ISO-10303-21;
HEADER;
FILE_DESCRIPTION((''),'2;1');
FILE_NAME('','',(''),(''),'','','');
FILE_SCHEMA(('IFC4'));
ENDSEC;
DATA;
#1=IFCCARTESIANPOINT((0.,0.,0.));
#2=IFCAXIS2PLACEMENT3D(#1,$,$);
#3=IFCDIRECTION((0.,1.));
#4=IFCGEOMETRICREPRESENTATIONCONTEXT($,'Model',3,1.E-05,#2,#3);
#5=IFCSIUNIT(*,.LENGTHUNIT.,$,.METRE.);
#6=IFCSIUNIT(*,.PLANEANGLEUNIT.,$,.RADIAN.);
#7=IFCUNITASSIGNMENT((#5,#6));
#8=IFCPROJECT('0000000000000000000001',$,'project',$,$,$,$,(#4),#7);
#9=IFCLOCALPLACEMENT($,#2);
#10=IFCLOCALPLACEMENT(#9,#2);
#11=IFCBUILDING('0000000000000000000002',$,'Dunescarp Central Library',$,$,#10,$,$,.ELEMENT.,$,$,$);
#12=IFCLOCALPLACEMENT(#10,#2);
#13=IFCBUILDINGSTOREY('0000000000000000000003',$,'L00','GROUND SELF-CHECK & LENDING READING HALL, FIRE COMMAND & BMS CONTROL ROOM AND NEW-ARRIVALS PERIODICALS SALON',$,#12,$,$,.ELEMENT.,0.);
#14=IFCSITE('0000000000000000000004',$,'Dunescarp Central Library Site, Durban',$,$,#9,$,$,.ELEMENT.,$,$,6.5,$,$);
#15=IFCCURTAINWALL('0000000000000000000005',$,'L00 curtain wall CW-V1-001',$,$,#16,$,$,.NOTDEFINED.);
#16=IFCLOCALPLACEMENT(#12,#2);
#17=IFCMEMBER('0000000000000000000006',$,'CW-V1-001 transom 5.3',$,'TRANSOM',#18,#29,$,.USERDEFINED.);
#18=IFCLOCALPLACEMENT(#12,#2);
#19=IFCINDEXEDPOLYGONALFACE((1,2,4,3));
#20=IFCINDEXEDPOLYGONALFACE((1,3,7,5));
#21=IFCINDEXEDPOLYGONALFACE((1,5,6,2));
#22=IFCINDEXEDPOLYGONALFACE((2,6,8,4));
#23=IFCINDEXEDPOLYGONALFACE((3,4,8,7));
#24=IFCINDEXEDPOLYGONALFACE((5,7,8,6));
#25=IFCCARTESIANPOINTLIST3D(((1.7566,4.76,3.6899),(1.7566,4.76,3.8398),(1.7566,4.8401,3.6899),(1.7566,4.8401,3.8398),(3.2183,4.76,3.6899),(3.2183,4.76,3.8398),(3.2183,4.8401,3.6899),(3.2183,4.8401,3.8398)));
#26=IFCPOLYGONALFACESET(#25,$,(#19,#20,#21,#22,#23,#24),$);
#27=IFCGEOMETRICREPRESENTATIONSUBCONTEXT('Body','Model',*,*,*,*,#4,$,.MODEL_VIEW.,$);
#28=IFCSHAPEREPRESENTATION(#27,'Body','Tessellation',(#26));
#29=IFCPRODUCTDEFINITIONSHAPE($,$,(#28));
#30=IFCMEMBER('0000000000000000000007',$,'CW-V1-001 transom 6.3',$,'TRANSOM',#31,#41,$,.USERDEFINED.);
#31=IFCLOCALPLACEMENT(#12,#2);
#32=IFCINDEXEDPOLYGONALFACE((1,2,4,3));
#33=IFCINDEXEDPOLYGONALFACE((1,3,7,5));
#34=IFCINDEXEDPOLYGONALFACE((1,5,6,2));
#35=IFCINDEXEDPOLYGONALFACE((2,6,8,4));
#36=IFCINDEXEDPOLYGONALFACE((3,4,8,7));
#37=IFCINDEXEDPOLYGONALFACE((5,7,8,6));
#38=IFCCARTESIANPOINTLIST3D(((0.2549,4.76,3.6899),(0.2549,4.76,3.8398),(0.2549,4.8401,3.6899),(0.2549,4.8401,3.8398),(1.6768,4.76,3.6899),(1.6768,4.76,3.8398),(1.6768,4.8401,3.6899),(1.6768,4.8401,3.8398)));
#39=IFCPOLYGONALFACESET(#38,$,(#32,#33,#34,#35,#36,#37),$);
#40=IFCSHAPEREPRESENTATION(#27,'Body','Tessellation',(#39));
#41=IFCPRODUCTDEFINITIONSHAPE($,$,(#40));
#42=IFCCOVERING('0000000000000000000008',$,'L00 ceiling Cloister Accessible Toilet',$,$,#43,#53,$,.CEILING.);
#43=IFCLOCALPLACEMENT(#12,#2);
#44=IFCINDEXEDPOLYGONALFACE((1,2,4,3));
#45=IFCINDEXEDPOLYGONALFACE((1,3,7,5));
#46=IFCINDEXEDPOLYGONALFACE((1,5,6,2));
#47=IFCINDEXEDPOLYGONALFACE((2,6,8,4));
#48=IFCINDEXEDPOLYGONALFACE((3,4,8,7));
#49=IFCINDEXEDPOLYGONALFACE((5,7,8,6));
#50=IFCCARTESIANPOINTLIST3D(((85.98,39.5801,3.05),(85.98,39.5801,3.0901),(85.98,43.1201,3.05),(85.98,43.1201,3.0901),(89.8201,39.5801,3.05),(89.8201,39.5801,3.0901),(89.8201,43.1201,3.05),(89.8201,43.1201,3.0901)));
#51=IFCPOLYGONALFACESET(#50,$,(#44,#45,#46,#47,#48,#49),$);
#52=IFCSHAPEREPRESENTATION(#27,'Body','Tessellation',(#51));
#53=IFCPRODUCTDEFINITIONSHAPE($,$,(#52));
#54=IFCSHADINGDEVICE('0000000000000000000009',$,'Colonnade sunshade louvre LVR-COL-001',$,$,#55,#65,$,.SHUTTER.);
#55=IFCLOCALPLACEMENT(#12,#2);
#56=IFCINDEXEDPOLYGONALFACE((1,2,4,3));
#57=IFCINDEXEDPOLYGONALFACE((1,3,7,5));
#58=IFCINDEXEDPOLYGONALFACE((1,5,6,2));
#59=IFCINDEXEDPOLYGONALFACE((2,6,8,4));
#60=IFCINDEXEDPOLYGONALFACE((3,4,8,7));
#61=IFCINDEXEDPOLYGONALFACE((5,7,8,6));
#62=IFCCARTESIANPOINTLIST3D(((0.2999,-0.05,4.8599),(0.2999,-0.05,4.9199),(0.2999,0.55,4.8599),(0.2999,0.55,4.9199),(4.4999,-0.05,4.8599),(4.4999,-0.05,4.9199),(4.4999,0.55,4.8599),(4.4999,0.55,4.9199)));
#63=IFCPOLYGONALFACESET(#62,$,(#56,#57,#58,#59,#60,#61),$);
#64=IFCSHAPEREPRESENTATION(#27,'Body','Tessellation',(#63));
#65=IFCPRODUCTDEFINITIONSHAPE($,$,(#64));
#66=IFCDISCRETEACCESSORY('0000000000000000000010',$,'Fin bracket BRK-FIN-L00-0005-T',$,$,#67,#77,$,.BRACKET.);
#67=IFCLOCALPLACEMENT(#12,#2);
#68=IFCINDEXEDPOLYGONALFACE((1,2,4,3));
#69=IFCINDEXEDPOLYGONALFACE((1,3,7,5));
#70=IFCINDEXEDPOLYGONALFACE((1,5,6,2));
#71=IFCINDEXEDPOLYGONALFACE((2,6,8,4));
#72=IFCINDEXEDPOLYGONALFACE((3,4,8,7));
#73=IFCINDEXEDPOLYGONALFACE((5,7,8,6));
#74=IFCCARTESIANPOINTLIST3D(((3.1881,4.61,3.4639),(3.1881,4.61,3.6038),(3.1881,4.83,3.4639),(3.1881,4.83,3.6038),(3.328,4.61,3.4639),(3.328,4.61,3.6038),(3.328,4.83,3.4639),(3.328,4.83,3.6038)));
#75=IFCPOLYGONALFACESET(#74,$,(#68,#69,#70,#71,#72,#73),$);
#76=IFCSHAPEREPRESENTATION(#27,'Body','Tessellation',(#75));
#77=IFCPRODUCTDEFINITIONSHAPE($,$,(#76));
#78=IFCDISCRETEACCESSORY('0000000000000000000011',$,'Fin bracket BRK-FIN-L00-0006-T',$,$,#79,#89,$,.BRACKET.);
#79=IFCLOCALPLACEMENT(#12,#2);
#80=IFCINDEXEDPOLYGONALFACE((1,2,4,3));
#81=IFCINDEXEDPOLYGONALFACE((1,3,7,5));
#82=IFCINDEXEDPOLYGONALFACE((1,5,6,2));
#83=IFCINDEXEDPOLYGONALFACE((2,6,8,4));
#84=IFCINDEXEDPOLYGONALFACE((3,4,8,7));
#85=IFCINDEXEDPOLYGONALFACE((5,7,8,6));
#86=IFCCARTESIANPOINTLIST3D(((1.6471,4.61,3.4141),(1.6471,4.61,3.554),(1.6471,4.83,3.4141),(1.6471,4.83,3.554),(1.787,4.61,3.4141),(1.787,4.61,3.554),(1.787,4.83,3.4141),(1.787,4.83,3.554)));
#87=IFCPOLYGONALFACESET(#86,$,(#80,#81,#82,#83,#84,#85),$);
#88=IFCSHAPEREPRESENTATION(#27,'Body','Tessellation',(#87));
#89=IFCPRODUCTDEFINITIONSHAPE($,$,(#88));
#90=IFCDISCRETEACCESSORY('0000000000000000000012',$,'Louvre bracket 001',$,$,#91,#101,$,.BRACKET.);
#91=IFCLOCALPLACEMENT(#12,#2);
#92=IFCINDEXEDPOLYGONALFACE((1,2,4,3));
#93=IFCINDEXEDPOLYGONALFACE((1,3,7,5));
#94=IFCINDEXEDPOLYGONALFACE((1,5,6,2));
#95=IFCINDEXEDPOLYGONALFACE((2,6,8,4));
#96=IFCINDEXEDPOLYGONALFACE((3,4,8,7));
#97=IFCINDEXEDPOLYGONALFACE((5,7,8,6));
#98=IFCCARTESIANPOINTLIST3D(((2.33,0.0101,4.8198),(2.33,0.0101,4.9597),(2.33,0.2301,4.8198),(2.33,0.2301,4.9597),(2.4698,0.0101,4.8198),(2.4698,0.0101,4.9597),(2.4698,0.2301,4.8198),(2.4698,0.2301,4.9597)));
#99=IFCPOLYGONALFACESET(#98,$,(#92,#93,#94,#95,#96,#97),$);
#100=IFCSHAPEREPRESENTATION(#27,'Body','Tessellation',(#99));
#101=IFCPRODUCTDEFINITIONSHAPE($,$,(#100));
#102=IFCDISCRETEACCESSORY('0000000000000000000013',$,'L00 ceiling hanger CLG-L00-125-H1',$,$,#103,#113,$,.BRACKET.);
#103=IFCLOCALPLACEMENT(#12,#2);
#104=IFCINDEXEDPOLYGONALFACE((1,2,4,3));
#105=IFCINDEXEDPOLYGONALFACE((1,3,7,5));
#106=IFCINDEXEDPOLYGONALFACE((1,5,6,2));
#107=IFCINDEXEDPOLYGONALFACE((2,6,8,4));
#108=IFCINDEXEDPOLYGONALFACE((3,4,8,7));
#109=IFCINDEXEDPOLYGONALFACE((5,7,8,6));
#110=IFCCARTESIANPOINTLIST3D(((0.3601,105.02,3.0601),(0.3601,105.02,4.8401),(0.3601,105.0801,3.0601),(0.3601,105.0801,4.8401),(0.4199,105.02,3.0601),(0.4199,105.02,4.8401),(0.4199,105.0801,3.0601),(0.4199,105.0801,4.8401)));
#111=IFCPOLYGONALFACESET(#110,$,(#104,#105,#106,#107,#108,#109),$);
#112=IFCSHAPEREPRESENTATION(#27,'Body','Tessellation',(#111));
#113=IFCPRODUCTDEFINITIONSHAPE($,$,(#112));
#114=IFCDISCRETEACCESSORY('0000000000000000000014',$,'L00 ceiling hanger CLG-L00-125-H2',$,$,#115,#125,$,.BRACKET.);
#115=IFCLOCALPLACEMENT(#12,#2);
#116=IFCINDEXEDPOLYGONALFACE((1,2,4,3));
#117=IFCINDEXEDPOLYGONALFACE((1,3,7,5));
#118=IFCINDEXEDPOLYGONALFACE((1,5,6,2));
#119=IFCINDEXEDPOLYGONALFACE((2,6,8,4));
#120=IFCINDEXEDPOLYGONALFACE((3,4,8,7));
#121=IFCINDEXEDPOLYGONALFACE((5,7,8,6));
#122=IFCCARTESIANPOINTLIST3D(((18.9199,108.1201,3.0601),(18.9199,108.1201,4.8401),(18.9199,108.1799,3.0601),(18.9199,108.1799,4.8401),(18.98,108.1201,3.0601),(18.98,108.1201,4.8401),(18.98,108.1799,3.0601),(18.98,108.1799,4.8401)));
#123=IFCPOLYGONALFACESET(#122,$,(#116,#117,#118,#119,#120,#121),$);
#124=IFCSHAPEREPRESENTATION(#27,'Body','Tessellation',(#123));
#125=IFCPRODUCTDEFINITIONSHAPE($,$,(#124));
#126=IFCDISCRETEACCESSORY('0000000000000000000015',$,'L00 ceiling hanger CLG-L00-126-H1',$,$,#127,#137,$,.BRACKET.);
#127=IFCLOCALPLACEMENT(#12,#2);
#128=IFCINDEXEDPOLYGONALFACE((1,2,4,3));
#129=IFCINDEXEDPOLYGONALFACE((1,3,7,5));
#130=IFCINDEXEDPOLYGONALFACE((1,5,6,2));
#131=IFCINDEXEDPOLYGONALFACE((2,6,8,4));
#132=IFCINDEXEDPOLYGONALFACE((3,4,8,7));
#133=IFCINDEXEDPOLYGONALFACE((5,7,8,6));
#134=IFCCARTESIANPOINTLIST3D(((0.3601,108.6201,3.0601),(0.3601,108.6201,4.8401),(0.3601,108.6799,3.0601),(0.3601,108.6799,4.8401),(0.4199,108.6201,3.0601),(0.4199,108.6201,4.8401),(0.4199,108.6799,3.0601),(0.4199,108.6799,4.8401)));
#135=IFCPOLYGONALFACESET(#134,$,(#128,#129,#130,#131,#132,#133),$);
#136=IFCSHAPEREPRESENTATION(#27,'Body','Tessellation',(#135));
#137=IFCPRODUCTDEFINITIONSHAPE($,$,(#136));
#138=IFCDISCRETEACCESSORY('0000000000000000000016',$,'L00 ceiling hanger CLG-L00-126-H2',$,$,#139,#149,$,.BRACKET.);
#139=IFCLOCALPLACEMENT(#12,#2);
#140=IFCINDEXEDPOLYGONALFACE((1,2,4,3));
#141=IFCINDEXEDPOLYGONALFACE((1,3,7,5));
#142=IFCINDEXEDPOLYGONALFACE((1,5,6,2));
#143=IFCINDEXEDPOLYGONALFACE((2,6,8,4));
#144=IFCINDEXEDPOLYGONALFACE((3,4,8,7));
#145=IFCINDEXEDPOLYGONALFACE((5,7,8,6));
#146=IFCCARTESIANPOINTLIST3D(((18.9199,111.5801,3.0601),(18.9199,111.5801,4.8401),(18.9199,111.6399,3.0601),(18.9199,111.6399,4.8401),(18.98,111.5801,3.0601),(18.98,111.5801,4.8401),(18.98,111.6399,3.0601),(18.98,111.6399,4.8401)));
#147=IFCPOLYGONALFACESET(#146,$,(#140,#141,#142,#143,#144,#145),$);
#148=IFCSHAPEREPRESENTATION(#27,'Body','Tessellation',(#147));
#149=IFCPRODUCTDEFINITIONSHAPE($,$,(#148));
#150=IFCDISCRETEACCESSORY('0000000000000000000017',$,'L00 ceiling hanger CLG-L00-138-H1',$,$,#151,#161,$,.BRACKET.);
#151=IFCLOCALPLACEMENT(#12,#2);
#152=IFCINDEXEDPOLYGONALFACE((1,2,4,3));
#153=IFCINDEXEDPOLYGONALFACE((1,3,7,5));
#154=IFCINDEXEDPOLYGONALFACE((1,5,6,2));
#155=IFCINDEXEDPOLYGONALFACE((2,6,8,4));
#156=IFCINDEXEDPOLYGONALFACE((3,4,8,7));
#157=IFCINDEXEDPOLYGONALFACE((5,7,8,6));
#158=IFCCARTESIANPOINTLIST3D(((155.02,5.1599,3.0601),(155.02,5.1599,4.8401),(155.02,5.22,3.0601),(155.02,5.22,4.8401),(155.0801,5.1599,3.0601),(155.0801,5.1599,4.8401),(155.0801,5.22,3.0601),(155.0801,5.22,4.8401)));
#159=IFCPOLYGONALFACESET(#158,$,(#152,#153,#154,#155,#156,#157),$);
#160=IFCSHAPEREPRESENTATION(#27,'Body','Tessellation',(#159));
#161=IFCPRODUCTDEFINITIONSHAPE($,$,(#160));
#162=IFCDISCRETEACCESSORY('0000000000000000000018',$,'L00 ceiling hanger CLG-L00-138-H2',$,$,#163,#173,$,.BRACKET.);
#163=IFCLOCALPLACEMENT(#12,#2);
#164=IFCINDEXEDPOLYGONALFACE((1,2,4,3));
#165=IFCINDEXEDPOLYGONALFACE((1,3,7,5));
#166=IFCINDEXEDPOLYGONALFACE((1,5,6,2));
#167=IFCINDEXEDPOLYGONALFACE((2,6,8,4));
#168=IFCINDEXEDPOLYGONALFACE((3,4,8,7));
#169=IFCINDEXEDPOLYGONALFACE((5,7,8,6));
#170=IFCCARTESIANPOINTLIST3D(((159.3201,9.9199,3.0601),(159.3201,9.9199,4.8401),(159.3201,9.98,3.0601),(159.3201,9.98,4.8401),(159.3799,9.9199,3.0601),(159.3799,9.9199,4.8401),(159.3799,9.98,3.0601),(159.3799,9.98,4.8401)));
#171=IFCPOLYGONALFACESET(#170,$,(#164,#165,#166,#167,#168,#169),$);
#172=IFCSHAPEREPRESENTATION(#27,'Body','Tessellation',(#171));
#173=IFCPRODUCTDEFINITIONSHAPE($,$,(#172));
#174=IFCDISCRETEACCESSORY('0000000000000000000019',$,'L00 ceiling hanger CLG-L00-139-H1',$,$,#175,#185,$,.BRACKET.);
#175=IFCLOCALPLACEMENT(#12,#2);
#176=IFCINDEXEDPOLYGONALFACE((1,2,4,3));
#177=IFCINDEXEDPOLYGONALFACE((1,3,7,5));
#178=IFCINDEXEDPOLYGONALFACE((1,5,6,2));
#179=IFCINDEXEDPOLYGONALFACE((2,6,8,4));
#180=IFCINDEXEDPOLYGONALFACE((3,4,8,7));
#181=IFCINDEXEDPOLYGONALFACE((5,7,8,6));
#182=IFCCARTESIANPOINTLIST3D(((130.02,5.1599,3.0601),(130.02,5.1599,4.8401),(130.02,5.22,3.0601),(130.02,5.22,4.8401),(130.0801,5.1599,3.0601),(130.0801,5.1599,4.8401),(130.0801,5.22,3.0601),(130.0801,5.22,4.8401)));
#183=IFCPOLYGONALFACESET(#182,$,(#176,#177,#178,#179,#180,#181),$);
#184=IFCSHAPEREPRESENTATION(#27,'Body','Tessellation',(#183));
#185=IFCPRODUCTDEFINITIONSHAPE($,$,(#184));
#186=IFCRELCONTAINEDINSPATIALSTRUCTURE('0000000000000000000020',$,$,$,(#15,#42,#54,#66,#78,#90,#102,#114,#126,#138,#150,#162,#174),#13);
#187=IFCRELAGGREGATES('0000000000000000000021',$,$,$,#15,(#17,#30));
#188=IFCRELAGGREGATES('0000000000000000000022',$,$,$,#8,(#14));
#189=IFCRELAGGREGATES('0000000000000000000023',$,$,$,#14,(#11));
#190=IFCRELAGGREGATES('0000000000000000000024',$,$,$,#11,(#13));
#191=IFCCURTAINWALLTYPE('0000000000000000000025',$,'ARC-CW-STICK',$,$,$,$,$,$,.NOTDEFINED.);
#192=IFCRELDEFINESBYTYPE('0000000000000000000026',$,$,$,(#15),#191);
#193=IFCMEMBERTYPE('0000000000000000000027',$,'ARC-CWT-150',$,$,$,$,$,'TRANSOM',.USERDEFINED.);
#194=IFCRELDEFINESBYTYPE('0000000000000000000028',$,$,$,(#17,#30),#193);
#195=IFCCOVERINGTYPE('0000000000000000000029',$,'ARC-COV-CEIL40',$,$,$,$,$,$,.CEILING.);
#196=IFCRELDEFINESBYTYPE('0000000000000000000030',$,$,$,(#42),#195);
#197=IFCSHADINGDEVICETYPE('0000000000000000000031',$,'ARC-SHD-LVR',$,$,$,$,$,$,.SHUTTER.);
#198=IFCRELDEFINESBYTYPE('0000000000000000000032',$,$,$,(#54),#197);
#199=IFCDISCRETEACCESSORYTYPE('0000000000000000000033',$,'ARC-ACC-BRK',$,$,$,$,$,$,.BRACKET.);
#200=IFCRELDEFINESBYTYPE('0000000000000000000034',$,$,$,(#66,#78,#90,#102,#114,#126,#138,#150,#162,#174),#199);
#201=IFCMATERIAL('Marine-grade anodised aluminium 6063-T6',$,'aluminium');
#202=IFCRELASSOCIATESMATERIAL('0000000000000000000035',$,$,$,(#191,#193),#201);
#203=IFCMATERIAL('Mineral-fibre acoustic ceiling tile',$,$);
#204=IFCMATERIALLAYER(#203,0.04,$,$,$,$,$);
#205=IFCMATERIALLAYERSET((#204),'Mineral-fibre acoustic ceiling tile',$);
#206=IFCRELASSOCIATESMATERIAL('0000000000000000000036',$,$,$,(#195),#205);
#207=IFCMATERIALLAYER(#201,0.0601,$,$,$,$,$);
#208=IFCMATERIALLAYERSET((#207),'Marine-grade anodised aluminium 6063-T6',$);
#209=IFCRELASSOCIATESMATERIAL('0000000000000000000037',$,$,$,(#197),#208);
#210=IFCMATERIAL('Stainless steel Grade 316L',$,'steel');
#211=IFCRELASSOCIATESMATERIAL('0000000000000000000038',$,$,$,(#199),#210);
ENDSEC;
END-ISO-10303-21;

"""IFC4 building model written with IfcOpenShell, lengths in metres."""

from ifc_helpers import new_model, si_unit, direction, frame, origin, origin_2d, place, context, subcontext, project, spatial, polyline, rectangle, outline, extrude, material, layer, layer_set, material_profile, profile_set, type_object, element, aggregate, save


model = new_model("IFC4")

# Units and contexts
model_context = context("Model", 3, precision=1e-05, world=origin(), true_north=direction((0.0, 1.0)))
body_context = subcontext(model_context, "Body", "Model", "MODEL_VIEW")
ifc_project = project(units=[si_unit("LENGTHUNIT", "METRE"), si_unit("PLANEANGLEUNIT", "RADIAN")], contexts=[model_context])

# Site, building, storey
site_placement = place(None, origin())
site = spatial("IfcSite", under=ifc_project, at=site_placement, Name="Dunescarp Central Library Site, Durban", CompositionType="ELEMENT", RefElevation=6.5)
building_placement = place(site_placement, origin())
building = spatial("IfcBuilding", under=site, at=building_placement, Name="Dunescarp Central Library", CompositionType="ELEMENT")
storey_placement = place(building_placement, origin())
storey = spatial("IfcBuildingStorey", under=building, at=storey_placement, Name="L00", Description="GROUND SELF-CHECK & LENDING READING HALL, FIRE COMMAND & BMS CONTROL ROOM AND NEW-ARRIVALS PERIODICALS SALON", CompositionType="ELEMENT", Elevation=0.0)

# Curtain wall, members
ifc_material_1 = material(Name="Marine-grade anodised aluminium 6063-T6", Category="aluminium")
curtain_wall_type = type_object("IfcCurtainWallType", Name="ARC-CW-STICK", PredefinedType="NOTDEFINED", material=ifc_material_1)
curtain_wall_placement = place(storey_placement, origin())
curtain_wall = element("IfcCurtainWall", 1, at=curtain_wall_placement, inside=storey, type_object=curtain_wall_type, Name="L00 curtain wall CW-V1-001", PredefinedType="NOTDEFINED")
ifc_material_profile = material_profile(ifc_material_1, rectangle(XDim=0.0801, YDim=0.1499, at=origin_2d()), Name="AL 80x150")
ifc_profile_set = profile_set([ifc_material_profile], Name="Marine-grade anodised aluminium 6063-T6")
member_type = type_object("IfcMemberType", Name="ARC-CWT-150", ElementType="TRANSOM", PredefinedType="USERDEFINED", material=ifc_profile_set)
member_1_placement = place(storey_placement, frame((3.2183, 4.8, 3.7649), z_axis=(-1.0, 0.0, 0.0), x_axis=(0.0, -1.0, 0.0)))
member_1 = element("IfcMember", 2, at=member_1_placement, type_object=member_type, Name="CW-V1-001 transom 5.3", ObjectType="TRANSOM", PredefinedType="USERDEFINED", context=body_context, shape_type="SweptSolid", body=[
    extrude(rectangle(XDim=0.0801, YDim=0.1499, at=origin_2d()), origin(), (0.0, 0.0, 1.0), 1.4617),
])
member_2_placement = place(storey_placement, frame((1.6768, 4.8, 3.7649), z_axis=(-1.0, 0.0, 0.0), x_axis=(0.0, -1.0, 0.0)))
member_2 = element("IfcMember", 3, at=member_2_placement, type_object=member_type, Name="CW-V1-001 transom 6.3", ObjectType="TRANSOM", PredefinedType="USERDEFINED", context=body_context, shape_type="SweptSolid", body=[
    extrude(rectangle(XDim=0.0801, YDim=0.1499, at=origin_2d()), origin(), (0.0, 0.0, 1.0), 1.4219),
])
aggregate(curtain_wall, [member_1, member_2])

# Covering
ifc_material_2 = material(Name="Mineral-fibre acoustic ceiling tile")
ifc_layer_1 = layer(ifc_material_2, 0.04)
ifc_layer_set_1 = layer_set([ifc_layer_1], Name="Mineral-fibre acoustic ceiling tile")
covering_type = type_object("IfcCoveringType", Name="ARC-COV-CEIL40", PredefinedType="CEILING", material=ifc_layer_set_1)
covering_placement = place(storey_placement, frame((0.0, 0.0, 3.05)))
element("IfcCovering", 4, at=covering_placement, inside=storey, type_object=covering_type, Name="L00 ceiling Cloister Accessible Toilet", PredefinedType="CEILING", context=body_context, shape_type="SweptSolid", body=[
    extrude(outline(polyline([(85.98, 39.5801), (89.8201, 39.5801), (89.8201, 43.1201), (85.98, 43.1201), (85.98, 39.5801)])), origin(), (0.0, 0.0, 1.0), 0.04),
])

# Shading device
ifc_layer_2 = layer(ifc_material_1, 0.0601)
ifc_layer_set_2 = layer_set([ifc_layer_2], Name="Marine-grade anodised aluminium 6063-T6")
shading_device_type = type_object("IfcShadingDeviceType", Name="ARC-SHD-LVR", PredefinedType="SHUTTER", material=ifc_layer_set_2)
shading_device_placement = place(storey_placement, frame((2.3999, 0.25, 4.8599), z_axis=(0.0, 0.0, 1.0), x_axis=(1.0, 0.0, 0.0)))
element("IfcShadingDevice", 5, at=shading_device_placement, inside=storey, type_object=shading_device_type, Name="Colonnade sunshade louvre LVR-COL-001", PredefinedType="SHUTTER", context=body_context, shape_type="SweptSolid", body=[
    extrude(rectangle(XDim=4.2, YDim=0.6001, at=origin_2d()), origin(), (0.0, 0.0, 1.0), 0.0601),
])

# Discrete accessories
ifc_material_3 = material(Name="Stainless steel Grade 316L", Category="steel")
discrete_accessory_type = type_object("IfcDiscreteAccessoryType", Name="ARC-ACC-BRK", PredefinedType="BRACKET", material=ifc_material_3)
for number, where, z_axis, x_axis, name in (
    (6, (3.2581, 4.72, 3.4639), (0.0, 0.0, 1.0), (0.0, -1.0, 0.0), "Fin bracket BRK-FIN-L00-0005-T"),
    (7, (1.717, 4.72, 3.4141), (0.0, 0.0, 1.0), (0.0, -1.0, 0.0), "Fin bracket BRK-FIN-L00-0006-T"),
):
    element("IfcDiscreteAccessory", number, at=place(storey_placement, frame(where, z_axis=z_axis, x_axis=x_axis)), inside=storey, type_object=discrete_accessory_type, Name=name, PredefinedType="BRACKET", context=body_context, shape_type="SweptSolid", body=[
        extrude(rectangle(XDim=0.22, YDim=0.1399, at=origin_2d()), origin(), (0.0, 0.0, 1.0), 0.1399),
    ])
discrete_accessory_1_placement = place(storey_placement, frame((2.3999, 0.1201, 4.8198), z_axis=(0.0, 0.0, 1.0), x_axis=(1.0, 0.0, 0.0)))
element("IfcDiscreteAccessory", 8, at=discrete_accessory_1_placement, inside=storey, type_object=discrete_accessory_type, Name="Louvre bracket 001", PredefinedType="BRACKET", context=body_context, shape_type="SweptSolid", body=[
    extrude(rectangle(XDim=0.1399, YDim=0.22, at=origin_2d()), origin(), (0.0, 0.0, 1.0), 0.1399),
])
discrete_accessory_2_placement = place(storey_placement, frame((0.0, 0.0, 3.0601)))
element("IfcDiscreteAccessory", 9, at=discrete_accessory_2_placement, inside=storey, type_object=discrete_accessory_type, Name="L00 ceiling hanger CLG-L00-125-H1", PredefinedType="BRACKET", context=body_context, shape_type="SweptSolid", body=[
    extrude(outline(polyline([(0.3601, 105.02), (0.4199, 105.02), (0.4199, 105.0801), (0.3601, 105.0801), (0.3601, 105.02)])), origin(), (0.0, 0.0, 1.0), 1.78),
])
discrete_accessory_3_placement = place(storey_placement, frame((0.0, 0.0, 3.0601)))
element("IfcDiscreteAccessory", 10, at=discrete_accessory_3_placement, inside=storey, type_object=discrete_accessory_type, Name="L00 ceiling hanger CLG-L00-125-H2", PredefinedType="BRACKET", context=body_context, shape_type="SweptSolid", body=[
    extrude(outline(polyline([(18.9199, 108.1201), (18.98, 108.1201), (18.98, 108.1799), (18.9199, 108.1799), (18.9199, 108.1201)])), origin(), (0.0, 0.0, 1.0), 1.78),
])
discrete_accessory_4_placement = place(storey_placement, frame((0.0, 0.0, 3.0601)))
element("IfcDiscreteAccessory", 11, at=discrete_accessory_4_placement, inside=storey, type_object=discrete_accessory_type, Name="L00 ceiling hanger CLG-L00-126-H1", PredefinedType="BRACKET", context=body_context, shape_type="SweptSolid", body=[
    extrude(outline(polyline([(0.3601, 108.6201), (0.4199, 108.6201), (0.4199, 108.6799), (0.3601, 108.6799), (0.3601, 108.6201)])), origin(), (0.0, 0.0, 1.0), 1.78),
])
discrete_accessory_5_placement = place(storey_placement, frame((0.0, 0.0, 3.0601)))
element("IfcDiscreteAccessory", 12, at=discrete_accessory_5_placement, inside=storey, type_object=discrete_accessory_type, Name="L00 ceiling hanger CLG-L00-126-H2", PredefinedType="BRACKET", context=body_context, shape_type="SweptSolid", body=[
    extrude(outline(polyline([(18.9199, 111.5801), (18.98, 111.5801), (18.98, 111.6399), (18.9199, 111.6399), (18.9199, 111.5801)])), origin(), (0.0, 0.0, 1.0), 1.78),
])
discrete_accessory_6_placement = place(storey_placement, frame((0.0, 0.0, 3.0601)))
element("IfcDiscreteAccessory", 13, at=discrete_accessory_6_placement, inside=storey, type_object=discrete_accessory_type, Name="L00 ceiling hanger CLG-L00-138-H1", PredefinedType="BRACKET", context=body_context, shape_type="SweptSolid", body=[
    extrude(outline(polyline([(155.02, 5.1599), (155.0801, 5.1599), (155.0801, 5.22), (155.02, 5.22), (155.02, 5.1599)])), origin(), (0.0, 0.0, 1.0), 1.78),
])
discrete_accessory_7_placement = place(storey_placement, frame((0.0, 0.0, 3.0601)))
element("IfcDiscreteAccessory", 14, at=discrete_accessory_7_placement, inside=storey, type_object=discrete_accessory_type, Name="L00 ceiling hanger CLG-L00-138-H2", PredefinedType="BRACKET", context=body_context, shape_type="SweptSolid", body=[
    extrude(outline(polyline([(159.3201, 9.9199), (159.3799, 9.9199), (159.3799, 9.98), (159.3201, 9.98), (159.3201, 9.9199)])), origin(), (0.0, 0.0, 1.0), 1.78),
])
discrete_accessory_8_placement = place(storey_placement, frame((0.0, 0.0, 3.0601)))
element("IfcDiscreteAccessory", 15, at=discrete_accessory_8_placement, inside=storey, type_object=discrete_accessory_type, Name="L00 ceiling hanger CLG-L00-139-H1", PredefinedType="BRACKET", context=body_context, shape_type="SweptSolid", body=[
    extrude(outline(polyline([(130.02, 5.1599), (130.0801, 5.1599), (130.0801, 5.22), (130.02, 5.22), (130.02, 5.1599)])), origin(), (0.0, 0.0, 1.0), 1.78),
])

save(model, "model.ifc")
